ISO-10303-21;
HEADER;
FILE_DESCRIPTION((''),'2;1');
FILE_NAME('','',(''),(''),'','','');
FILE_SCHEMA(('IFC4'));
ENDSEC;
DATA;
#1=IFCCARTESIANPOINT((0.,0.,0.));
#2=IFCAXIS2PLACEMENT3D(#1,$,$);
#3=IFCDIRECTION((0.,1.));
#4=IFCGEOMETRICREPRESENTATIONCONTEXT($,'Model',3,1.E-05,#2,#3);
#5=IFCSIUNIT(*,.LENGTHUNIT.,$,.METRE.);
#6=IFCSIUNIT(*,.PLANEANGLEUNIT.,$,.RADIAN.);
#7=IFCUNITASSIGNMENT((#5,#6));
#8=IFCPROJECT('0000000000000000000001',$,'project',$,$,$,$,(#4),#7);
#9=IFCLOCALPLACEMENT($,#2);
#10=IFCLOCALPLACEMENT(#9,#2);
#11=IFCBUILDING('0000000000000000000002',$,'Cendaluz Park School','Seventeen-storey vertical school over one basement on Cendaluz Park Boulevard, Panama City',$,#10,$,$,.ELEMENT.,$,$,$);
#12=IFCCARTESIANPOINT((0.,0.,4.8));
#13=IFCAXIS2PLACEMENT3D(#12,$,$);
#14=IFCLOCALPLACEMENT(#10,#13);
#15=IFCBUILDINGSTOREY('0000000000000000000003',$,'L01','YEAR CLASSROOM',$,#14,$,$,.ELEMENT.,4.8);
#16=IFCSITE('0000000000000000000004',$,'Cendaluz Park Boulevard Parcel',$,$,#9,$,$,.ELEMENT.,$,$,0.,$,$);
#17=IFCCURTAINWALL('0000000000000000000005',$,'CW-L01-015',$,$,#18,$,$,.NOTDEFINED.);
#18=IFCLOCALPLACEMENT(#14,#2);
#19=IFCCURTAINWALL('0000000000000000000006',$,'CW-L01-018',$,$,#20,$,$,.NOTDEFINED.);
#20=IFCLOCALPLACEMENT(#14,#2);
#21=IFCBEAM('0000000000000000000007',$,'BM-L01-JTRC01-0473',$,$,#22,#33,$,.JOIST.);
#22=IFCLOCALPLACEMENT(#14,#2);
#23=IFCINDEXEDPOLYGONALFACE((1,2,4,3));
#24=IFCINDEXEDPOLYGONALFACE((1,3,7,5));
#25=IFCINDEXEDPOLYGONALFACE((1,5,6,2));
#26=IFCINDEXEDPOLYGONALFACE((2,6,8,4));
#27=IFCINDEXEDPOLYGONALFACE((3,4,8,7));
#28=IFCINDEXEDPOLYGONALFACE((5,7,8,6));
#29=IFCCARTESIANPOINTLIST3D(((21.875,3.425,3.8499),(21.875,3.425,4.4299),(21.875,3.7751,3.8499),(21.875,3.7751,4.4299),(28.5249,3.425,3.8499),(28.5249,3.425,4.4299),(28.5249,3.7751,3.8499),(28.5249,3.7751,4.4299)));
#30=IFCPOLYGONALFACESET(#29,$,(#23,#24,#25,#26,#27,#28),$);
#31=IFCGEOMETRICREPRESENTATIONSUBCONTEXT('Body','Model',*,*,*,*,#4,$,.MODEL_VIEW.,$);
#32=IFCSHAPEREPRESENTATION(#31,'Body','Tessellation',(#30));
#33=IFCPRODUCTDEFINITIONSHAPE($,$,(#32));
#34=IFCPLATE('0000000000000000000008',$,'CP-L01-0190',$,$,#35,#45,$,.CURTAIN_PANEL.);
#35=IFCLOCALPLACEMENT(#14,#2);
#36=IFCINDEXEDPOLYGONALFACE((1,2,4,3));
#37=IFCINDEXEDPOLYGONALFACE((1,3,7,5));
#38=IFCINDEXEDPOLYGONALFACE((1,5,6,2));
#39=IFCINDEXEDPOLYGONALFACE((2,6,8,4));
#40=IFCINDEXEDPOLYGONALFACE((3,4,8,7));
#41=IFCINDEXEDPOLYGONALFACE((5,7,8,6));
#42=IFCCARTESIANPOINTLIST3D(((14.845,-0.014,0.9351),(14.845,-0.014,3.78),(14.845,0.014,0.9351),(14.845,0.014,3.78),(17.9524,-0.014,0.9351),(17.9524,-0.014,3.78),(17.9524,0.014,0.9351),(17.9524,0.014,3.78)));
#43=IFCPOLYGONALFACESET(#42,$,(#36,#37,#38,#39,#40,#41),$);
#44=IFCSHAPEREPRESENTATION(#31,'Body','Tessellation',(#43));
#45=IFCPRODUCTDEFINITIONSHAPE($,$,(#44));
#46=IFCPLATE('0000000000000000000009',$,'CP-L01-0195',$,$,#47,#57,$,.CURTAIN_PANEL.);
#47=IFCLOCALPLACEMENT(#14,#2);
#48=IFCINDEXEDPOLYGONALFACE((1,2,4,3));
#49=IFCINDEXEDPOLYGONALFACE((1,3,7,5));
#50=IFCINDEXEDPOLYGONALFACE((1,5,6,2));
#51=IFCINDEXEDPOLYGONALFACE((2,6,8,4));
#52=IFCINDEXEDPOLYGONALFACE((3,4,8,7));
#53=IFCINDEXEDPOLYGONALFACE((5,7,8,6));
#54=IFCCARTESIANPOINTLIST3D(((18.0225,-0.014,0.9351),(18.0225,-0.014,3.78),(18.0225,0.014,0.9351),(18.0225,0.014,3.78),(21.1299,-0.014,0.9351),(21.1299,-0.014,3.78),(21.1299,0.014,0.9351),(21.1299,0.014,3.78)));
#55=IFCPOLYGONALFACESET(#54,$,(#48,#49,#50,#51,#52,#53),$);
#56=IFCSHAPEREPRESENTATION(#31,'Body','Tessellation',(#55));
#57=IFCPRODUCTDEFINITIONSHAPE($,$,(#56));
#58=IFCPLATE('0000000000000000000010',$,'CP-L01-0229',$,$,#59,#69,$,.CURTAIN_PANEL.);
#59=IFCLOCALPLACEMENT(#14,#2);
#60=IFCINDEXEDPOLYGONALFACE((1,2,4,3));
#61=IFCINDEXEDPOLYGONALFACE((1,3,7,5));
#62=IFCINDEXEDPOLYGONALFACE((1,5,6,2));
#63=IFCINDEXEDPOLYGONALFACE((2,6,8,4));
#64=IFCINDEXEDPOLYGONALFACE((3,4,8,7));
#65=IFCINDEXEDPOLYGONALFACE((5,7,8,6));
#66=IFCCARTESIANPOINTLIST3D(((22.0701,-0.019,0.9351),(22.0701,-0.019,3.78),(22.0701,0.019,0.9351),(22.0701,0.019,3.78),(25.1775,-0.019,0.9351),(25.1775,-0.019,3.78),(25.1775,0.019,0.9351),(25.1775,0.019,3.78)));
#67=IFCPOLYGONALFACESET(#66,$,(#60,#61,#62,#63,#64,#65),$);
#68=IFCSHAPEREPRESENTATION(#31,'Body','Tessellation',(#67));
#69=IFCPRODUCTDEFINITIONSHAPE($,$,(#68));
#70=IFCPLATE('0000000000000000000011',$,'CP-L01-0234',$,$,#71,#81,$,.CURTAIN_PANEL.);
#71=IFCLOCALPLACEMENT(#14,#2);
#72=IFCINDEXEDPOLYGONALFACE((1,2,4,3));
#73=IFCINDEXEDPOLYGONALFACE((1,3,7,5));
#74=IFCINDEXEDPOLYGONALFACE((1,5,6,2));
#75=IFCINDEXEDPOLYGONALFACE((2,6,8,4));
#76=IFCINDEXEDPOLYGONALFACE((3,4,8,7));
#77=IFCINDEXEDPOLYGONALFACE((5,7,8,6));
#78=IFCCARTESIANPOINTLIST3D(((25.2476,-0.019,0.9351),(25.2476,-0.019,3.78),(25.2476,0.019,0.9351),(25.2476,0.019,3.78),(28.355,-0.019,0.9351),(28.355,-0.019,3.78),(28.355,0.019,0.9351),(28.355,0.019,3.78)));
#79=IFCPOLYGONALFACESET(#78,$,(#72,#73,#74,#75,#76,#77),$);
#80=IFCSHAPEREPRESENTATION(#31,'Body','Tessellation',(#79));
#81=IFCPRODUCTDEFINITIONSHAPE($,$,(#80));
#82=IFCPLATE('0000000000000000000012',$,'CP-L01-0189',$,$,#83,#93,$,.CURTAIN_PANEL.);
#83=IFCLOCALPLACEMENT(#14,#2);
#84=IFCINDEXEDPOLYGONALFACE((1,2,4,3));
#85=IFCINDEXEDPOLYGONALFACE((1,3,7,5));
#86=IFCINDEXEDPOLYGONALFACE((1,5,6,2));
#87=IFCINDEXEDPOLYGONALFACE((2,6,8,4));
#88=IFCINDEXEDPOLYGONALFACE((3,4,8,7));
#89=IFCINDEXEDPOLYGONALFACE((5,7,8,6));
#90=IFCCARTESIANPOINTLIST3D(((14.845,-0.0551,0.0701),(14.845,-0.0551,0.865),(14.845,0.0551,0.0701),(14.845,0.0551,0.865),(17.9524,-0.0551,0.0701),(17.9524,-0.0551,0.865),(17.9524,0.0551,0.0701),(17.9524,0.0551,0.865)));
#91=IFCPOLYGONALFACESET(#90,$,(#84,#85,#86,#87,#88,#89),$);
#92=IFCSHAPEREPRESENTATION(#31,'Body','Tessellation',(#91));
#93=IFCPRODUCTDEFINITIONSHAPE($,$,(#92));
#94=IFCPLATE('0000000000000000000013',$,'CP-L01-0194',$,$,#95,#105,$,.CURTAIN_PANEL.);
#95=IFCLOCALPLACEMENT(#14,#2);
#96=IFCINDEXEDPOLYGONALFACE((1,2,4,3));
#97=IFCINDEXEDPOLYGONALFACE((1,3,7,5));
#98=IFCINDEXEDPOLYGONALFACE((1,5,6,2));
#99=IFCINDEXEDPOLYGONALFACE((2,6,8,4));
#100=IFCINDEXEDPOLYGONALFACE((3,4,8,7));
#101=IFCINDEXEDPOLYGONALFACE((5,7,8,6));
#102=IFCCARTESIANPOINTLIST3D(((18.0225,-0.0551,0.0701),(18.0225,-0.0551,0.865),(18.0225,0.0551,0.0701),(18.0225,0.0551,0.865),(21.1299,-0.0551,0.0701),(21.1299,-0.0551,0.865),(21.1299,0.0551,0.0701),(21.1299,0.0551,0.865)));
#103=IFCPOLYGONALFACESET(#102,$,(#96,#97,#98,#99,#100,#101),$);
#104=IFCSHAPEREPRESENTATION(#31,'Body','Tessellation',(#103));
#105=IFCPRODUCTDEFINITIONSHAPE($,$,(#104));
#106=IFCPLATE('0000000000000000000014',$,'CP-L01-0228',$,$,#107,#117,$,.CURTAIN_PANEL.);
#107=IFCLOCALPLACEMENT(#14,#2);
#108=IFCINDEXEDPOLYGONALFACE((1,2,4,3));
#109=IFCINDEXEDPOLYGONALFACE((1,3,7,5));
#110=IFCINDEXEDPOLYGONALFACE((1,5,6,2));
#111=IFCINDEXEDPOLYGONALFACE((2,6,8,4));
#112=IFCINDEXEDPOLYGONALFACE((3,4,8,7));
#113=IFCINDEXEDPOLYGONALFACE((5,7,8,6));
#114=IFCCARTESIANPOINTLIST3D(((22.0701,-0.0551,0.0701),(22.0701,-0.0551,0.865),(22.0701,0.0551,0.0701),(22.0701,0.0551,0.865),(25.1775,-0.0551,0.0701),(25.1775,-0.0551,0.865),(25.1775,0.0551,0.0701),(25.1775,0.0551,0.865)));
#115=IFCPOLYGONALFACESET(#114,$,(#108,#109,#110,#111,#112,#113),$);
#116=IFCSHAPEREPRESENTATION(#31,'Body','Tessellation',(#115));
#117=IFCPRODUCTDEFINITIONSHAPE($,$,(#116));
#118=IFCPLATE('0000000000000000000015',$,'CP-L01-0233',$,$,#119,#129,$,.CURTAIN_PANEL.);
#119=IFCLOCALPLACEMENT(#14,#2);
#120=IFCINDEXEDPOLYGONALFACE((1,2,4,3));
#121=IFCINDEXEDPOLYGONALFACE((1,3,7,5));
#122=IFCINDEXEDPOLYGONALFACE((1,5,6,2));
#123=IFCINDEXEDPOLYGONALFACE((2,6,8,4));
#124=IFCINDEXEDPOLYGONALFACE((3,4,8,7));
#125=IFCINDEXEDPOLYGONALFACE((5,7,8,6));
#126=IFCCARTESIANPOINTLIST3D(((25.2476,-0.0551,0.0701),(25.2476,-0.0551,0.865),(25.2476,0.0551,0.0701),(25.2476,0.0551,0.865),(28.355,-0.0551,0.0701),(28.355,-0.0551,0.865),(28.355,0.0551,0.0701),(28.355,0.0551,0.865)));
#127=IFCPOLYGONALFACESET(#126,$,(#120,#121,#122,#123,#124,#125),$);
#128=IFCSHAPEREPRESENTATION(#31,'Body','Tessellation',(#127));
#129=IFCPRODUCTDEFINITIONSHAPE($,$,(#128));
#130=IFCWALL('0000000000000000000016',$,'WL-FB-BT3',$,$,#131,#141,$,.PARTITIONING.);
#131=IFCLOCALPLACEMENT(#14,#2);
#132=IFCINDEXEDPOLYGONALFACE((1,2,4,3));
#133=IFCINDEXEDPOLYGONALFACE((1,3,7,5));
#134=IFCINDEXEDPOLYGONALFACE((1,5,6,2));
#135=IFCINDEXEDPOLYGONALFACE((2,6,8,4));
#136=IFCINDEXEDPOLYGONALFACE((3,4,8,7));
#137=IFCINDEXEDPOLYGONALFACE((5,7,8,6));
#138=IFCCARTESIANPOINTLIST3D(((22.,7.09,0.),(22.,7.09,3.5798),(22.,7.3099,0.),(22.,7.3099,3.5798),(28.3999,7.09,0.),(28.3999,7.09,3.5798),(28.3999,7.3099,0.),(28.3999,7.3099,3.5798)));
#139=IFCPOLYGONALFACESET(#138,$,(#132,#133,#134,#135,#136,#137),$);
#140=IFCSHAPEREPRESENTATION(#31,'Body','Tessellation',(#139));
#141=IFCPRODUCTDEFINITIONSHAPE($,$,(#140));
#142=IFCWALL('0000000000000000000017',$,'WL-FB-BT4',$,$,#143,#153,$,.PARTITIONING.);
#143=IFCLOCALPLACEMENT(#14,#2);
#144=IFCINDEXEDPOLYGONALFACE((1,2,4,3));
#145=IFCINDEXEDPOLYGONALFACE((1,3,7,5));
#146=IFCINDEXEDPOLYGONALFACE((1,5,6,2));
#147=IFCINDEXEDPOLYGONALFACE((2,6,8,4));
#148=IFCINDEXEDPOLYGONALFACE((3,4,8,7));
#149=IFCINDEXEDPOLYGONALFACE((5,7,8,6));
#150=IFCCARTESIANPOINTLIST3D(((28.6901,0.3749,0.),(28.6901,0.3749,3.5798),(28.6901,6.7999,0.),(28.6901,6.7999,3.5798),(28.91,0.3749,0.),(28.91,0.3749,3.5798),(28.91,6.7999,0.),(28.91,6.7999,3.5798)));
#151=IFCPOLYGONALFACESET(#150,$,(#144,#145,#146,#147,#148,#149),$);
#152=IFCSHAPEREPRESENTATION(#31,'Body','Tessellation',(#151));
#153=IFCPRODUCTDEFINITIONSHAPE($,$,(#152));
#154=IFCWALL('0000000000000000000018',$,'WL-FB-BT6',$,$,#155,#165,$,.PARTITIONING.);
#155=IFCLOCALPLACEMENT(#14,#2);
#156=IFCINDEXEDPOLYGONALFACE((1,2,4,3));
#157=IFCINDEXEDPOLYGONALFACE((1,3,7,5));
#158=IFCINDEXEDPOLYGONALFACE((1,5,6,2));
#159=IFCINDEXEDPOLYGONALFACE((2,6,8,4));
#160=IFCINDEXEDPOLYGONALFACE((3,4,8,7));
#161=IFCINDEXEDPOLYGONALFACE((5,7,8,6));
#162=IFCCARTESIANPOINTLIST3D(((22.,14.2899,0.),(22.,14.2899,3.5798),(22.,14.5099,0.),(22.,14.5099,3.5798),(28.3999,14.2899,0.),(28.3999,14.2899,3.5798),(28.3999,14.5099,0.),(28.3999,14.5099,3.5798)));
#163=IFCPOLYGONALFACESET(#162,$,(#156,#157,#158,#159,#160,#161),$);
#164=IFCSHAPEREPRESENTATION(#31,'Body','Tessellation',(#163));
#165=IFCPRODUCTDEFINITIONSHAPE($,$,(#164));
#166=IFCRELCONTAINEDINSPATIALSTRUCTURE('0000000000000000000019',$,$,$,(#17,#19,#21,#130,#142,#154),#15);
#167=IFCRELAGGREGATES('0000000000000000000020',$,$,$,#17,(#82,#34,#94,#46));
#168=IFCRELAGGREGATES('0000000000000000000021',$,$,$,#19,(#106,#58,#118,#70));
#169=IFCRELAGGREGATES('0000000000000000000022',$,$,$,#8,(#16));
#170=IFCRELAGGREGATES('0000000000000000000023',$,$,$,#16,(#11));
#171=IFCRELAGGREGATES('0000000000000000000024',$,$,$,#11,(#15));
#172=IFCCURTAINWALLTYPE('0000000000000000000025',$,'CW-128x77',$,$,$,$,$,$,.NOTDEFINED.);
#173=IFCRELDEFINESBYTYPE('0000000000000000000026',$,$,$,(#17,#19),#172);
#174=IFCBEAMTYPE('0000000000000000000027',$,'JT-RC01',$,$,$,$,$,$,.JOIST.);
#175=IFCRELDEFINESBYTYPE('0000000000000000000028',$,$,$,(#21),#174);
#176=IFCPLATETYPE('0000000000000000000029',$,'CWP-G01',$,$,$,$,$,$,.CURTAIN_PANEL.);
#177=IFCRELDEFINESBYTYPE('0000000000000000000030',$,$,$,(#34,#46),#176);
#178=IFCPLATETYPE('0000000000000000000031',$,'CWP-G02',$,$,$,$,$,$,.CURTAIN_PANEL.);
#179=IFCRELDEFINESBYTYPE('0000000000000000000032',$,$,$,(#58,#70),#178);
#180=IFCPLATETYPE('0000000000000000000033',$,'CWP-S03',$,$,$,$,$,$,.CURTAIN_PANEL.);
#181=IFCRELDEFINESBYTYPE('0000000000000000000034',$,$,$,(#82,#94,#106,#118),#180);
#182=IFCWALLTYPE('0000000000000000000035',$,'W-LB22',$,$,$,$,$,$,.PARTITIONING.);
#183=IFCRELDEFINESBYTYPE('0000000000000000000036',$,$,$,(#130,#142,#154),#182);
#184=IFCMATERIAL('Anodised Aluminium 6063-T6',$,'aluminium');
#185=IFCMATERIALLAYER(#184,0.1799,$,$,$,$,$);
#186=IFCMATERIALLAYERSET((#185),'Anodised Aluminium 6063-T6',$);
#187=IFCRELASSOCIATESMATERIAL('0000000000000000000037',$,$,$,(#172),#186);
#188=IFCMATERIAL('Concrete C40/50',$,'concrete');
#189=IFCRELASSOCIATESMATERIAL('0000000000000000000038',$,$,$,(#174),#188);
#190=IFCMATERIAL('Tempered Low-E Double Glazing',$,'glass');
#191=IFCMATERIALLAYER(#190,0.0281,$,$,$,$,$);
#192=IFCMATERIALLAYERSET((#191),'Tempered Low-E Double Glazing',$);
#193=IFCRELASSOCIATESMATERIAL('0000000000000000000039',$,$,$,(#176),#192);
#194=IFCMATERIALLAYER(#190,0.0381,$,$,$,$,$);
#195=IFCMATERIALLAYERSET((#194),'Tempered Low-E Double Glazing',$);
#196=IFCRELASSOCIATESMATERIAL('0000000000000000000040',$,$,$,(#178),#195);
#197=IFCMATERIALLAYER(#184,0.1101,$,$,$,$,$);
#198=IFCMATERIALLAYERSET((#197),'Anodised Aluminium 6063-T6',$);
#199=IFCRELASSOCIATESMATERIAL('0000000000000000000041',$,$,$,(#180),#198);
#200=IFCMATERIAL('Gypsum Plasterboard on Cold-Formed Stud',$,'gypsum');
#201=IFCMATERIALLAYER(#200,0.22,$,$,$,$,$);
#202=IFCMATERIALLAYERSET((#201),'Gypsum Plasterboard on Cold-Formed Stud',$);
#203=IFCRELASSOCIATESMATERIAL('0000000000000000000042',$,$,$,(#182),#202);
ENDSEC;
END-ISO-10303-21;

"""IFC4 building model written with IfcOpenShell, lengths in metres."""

from ifc_helpers import new_model, si_unit, direction, frame, frame_2d, origin, origin_2d, place, context, subcontext, project, spatial, rectangle, extrude, material, layer, layer_set, material_profile, profile_set, type_object, element, aggregate, save


model = new_model("IFC4")

# Units and contexts
model_context = context("Model", 3, precision=1e-05, world=origin(), true_north=direction((0.0, 1.0)))
body_context = subcontext(model_context, "Body", "Model", "MODEL_VIEW")
ifc_project = project(units=[si_unit("LENGTHUNIT", "METRE"), si_unit("PLANEANGLEUNIT", "RADIAN")], contexts=[model_context])

# Site, building, storey
site_placement = place(None, origin())
site = spatial("IfcSite", under=ifc_project, at=site_placement, Name="Cendaluz Park Boulevard Parcel", CompositionType="ELEMENT", RefElevation=0.0)
building_placement = place(site_placement, origin())
building = spatial("IfcBuilding", under=site, at=building_placement, Name="Cendaluz Park School", Description="Seventeen-storey vertical school over one basement on Cendaluz Park Boulevard, Panama City", CompositionType="ELEMENT")
storey_placement = place(building_placement, frame((0.0, 0.0, 4.8)))
storey = spatial("IfcBuildingStorey", under=building, at=storey_placement, Name="L01", Description="YEAR CLASSROOM", CompositionType="ELEMENT", Elevation=4.8)

# Shared definitions
ifc_material_1 = material(Name="Concrete C40/50", Category="concrete")

# Curtain walls
ifc_material_2 = material(Name="Anodised Aluminium 6063-T6", Category="aluminium")
ifc_layer_1 = layer(ifc_material_2, 0.1799)
ifc_layer_set_1 = layer_set([ifc_layer_1], Name="Anodised Aluminium 6063-T6")
curtain_wall_type = type_object("IfcCurtainWallType", Name="CW-128x77", PredefinedType="NOTDEFINED", material=ifc_layer_set_1)
curtain_wall_1_placement = place(storey_placement, origin())
curtain_wall_1 = element("IfcCurtainWall", 1, at=curtain_wall_1_placement, inside=storey, type_object=curtain_wall_type, Name="CW-L01-015", PredefinedType="NOTDEFINED")
curtain_wall_2_placement = place(storey_placement, origin())
curtain_wall_2 = element("IfcCurtainWall", 2, at=curtain_wall_2_placement, inside=storey, type_object=curtain_wall_type, Name="CW-L01-018", PredefinedType="NOTDEFINED")

# Beam
ifc_material_profile_1 = material_profile(ifc_material_1, rectangle(XDim=0.3501, YDim=0.5801, at=origin_2d()), Name="RC 350x580", Category="concrete")
ifc_profile_set_1 = profile_set([ifc_material_profile_1], Name="Concrete C40/50")
beam_type_1 = type_object("IfcBeamType", Name="JT-RC01", PredefinedType="JOIST", material=ifc_profile_set_1)
beam_1_placement = place(storey_placement, frame((21.875, 3.6001, 4.1399), z_axis=(1.0, 0.0, 0.0), x_axis=(0.0, 1.0, 0.0)))
element("IfcBeam", 3, at=beam_1_placement, inside=storey, type_object=beam_type_1, Name="BM-L01-JTRC01-0473", PredefinedType="JOIST", context=body_context, shape_type="SweptSolid", body=[
    extrude(rectangle(XDim=0.3501, YDim=0.5801, at=origin_2d()), origin(), (0.0, 0.0, 1.0), 6.6499),
])

# Plates
ifc_material_3 = material(Name="Tempered Low-E Double Glazing", Category="glass")
ifc_layer_2 = layer(ifc_material_3, 0.0281)
ifc_layer_set_2 = layer_set([ifc_layer_2], Name="Tempered Low-E Double Glazing")
plate_type_1 = type_object("IfcPlateType", Name="CWP-G01", PredefinedType="CURTAIN_PANEL", material=ifc_layer_set_2)
plate_1_placement = place(storey_placement, frame((16.3987, 0.0, 0.9351), z_axis=(0.0, 0.0, 1.0), x_axis=(1.0, 0.0, 0.0)))
plate_1 = element("IfcPlate", 4, at=plate_1_placement, type_object=plate_type_1, Name="CP-L01-0190", PredefinedType="CURTAIN_PANEL", context=body_context, shape_type="SweptSolid", body=[
    extrude(rectangle(XDim=3.1074, YDim=0.0281, at=origin_2d()), origin(), (0.0, 0.0, 1.0), 2.845),
])
plate_2_placement = place(storey_placement, frame((19.5762, 0.0, 0.9351), z_axis=(0.0, 0.0, 1.0), x_axis=(1.0, 0.0, 0.0)))
plate_2 = element("IfcPlate", 5, at=plate_2_placement, type_object=plate_type_1, Name="CP-L01-0195", PredefinedType="CURTAIN_PANEL", context=body_context, shape_type="SweptSolid", body=[
    extrude(rectangle(XDim=3.1074, YDim=0.0281, at=origin_2d()), origin(), (0.0, 0.0, 1.0), 2.845),
])
ifc_layer_3 = layer(ifc_material_3, 0.0381)
ifc_layer_set_3 = layer_set([ifc_layer_3], Name="Tempered Low-E Double Glazing")
plate_type_2 = type_object("IfcPlateType", Name="CWP-G02", PredefinedType="CURTAIN_PANEL", material=ifc_layer_set_3)
plate_3_placement = place(storey_placement, frame((23.6238, 0.0, 0.9351), z_axis=(0.0, 0.0, 1.0), x_axis=(1.0, 0.0, 0.0)))
plate_3 = element("IfcPlate", 6, at=plate_3_placement, type_object=plate_type_2, Name="CP-L01-0229", PredefinedType="CURTAIN_PANEL", context=body_context, shape_type="SweptSolid", body=[
    extrude(rectangle(XDim=3.1074, YDim=0.0381, at=origin_2d()), origin(), (0.0, 0.0, 1.0), 2.845),
])
plate_4_placement = place(storey_placement, frame((26.8013, 0.0, 0.9351), z_axis=(0.0, 0.0, 1.0), x_axis=(1.0, 0.0, 0.0)))
plate_4 = element("IfcPlate", 7, at=plate_4_placement, type_object=plate_type_2, Name="CP-L01-0234", PredefinedType="CURTAIN_PANEL", context=body_context, shape_type="SweptSolid", body=[
    extrude(rectangle(XDim=3.1074, YDim=0.0381, at=origin_2d()), origin(), (0.0, 0.0, 1.0), 2.845),
])
ifc_layer_4 = layer(ifc_material_2, 0.1101)
ifc_layer_set_4 = layer_set([ifc_layer_4], Name="Anodised Aluminium 6063-T6")
plate_type_3 = type_object("IfcPlateType", Name="CWP-S03", PredefinedType="CURTAIN_PANEL", material=ifc_layer_set_4)
plate_5_placement = place(storey_placement, frame((16.3987, 0.0, 0.0701), z_axis=(0.0, 0.0, 1.0), x_axis=(1.0, 0.0, 0.0)))
plate_5 = element("IfcPlate", 8, at=plate_5_placement, type_object=plate_type_3, Name="CP-L01-0189", PredefinedType="CURTAIN_PANEL", context=body_context, shape_type="SweptSolid", body=[
    extrude(rectangle(XDim=3.1074, YDim=0.1101, at=origin_2d()), origin(), (0.0, 0.0, 1.0), 0.7949),
])
plate_6_placement = place(storey_placement, frame((19.5762, 0.0, 0.0701), z_axis=(0.0, 0.0, 1.0), x_axis=(1.0, 0.0, 0.0)))
plate_6 = element("IfcPlate", 9, at=plate_6_placement, type_object=plate_type_3, Name="CP-L01-0194", PredefinedType="CURTAIN_PANEL", context=body_context, shape_type="SweptSolid", body=[
    extrude(rectangle(XDim=3.1074, YDim=0.1101, at=origin_2d()), origin(), (0.0, 0.0, 1.0), 0.7949),
])
aggregate(curtain_wall_1, [plate_5, plate_1, plate_6, plate_2])
plate_7_placement = place(storey_placement, frame((23.6238, 0.0, 0.0701), z_axis=(0.0, 0.0, 1.0), x_axis=(1.0, 0.0, 0.0)))
plate_7 = element("IfcPlate", 10, at=plate_7_placement, type_object=plate_type_3, Name="CP-L01-0228", PredefinedType="CURTAIN_PANEL", context=body_context, shape_type="SweptSolid", body=[
    extrude(rectangle(XDim=3.1074, YDim=0.1101, at=origin_2d()), origin(), (0.0, 0.0, 1.0), 0.7949),
])
plate_8_placement = place(storey_placement, frame((26.8013, 0.0, 0.0701), z_axis=(0.0, 0.0, 1.0), x_axis=(1.0, 0.0, 0.0)))
plate_8 = element("IfcPlate", 11, at=plate_8_placement, type_object=plate_type_3, Name="CP-L01-0233", PredefinedType="CURTAIN_PANEL", context=body_context, shape_type="SweptSolid", body=[
    extrude(rectangle(XDim=3.1074, YDim=0.1101, at=origin_2d()), origin(), (0.0, 0.0, 1.0), 0.7949),
])
aggregate(curtain_wall_2, [plate_7, plate_3, plate_8, plate_4])

# Walls
ifc_material_4 = material(Name="Gypsum Plasterboard on Cold-Formed Stud", Category="gypsum")
ifc_layer_5 = layer(ifc_material_4, 0.22)
ifc_layer_set_5 = layer_set([ifc_layer_5], Name="Gypsum Plasterboard on Cold-Formed Stud")
wall_type = type_object("IfcWallType", Name="W-LB22", PredefinedType="PARTITIONING", material=ifc_layer_set_5)
wall_1_placement = place(storey_placement, frame((22.0, 7.2, 0.0), z_axis=(0.0, 0.0, 1.0), x_axis=(1.0, 0.0, 0.0)))
element("IfcWall", 12, at=wall_1_placement, inside=storey, type_object=wall_type, Name="WL-FB-BT3", PredefinedType="PARTITIONING", context=body_context, shape_type="SweptSolid", body=[
    extrude(rectangle(XDim=6.3999, YDim=0.22, at=frame_2d((3.2, 0.0))), origin(), (0.0, 0.0, 1.0), 3.5798),
])
wall_2_placement = place(storey_placement, frame((28.8, 0.375, 0.0), z_axis=(0.0, 0.0, 1.0), x_axis=(0.0, 1.0, 0.0)))
element("IfcWall", 13, at=wall_2_placement, inside=storey, type_object=wall_type, Name="WL-FB-BT4", PredefinedType="PARTITIONING", context=body_context, shape_type="SweptSolid", body=[
    extrude(rectangle(XDim=6.425, YDim=0.22, at=frame_2d((3.2124, 0.0))), origin(), (0.0, 0.0, 1.0), 3.5798),
])
wall_3_placement = place(storey_placement, frame((22.0, 14.3999, 0.0), z_axis=(0.0, 0.0, 1.0), x_axis=(1.0, 0.0, 0.0)))
element("IfcWall", 14, at=wall_3_placement, inside=storey, type_object=wall_type, Name="WL-FB-BT6", PredefinedType="PARTITIONING", context=body_context, shape_type="SweptSolid", body=[
    extrude(rectangle(XDim=6.3999, YDim=0.22, at=frame_2d((3.2, 0.0))), origin(), (0.0, 0.0, 1.0), 3.5798),
])

save(model, "model.ifc")
